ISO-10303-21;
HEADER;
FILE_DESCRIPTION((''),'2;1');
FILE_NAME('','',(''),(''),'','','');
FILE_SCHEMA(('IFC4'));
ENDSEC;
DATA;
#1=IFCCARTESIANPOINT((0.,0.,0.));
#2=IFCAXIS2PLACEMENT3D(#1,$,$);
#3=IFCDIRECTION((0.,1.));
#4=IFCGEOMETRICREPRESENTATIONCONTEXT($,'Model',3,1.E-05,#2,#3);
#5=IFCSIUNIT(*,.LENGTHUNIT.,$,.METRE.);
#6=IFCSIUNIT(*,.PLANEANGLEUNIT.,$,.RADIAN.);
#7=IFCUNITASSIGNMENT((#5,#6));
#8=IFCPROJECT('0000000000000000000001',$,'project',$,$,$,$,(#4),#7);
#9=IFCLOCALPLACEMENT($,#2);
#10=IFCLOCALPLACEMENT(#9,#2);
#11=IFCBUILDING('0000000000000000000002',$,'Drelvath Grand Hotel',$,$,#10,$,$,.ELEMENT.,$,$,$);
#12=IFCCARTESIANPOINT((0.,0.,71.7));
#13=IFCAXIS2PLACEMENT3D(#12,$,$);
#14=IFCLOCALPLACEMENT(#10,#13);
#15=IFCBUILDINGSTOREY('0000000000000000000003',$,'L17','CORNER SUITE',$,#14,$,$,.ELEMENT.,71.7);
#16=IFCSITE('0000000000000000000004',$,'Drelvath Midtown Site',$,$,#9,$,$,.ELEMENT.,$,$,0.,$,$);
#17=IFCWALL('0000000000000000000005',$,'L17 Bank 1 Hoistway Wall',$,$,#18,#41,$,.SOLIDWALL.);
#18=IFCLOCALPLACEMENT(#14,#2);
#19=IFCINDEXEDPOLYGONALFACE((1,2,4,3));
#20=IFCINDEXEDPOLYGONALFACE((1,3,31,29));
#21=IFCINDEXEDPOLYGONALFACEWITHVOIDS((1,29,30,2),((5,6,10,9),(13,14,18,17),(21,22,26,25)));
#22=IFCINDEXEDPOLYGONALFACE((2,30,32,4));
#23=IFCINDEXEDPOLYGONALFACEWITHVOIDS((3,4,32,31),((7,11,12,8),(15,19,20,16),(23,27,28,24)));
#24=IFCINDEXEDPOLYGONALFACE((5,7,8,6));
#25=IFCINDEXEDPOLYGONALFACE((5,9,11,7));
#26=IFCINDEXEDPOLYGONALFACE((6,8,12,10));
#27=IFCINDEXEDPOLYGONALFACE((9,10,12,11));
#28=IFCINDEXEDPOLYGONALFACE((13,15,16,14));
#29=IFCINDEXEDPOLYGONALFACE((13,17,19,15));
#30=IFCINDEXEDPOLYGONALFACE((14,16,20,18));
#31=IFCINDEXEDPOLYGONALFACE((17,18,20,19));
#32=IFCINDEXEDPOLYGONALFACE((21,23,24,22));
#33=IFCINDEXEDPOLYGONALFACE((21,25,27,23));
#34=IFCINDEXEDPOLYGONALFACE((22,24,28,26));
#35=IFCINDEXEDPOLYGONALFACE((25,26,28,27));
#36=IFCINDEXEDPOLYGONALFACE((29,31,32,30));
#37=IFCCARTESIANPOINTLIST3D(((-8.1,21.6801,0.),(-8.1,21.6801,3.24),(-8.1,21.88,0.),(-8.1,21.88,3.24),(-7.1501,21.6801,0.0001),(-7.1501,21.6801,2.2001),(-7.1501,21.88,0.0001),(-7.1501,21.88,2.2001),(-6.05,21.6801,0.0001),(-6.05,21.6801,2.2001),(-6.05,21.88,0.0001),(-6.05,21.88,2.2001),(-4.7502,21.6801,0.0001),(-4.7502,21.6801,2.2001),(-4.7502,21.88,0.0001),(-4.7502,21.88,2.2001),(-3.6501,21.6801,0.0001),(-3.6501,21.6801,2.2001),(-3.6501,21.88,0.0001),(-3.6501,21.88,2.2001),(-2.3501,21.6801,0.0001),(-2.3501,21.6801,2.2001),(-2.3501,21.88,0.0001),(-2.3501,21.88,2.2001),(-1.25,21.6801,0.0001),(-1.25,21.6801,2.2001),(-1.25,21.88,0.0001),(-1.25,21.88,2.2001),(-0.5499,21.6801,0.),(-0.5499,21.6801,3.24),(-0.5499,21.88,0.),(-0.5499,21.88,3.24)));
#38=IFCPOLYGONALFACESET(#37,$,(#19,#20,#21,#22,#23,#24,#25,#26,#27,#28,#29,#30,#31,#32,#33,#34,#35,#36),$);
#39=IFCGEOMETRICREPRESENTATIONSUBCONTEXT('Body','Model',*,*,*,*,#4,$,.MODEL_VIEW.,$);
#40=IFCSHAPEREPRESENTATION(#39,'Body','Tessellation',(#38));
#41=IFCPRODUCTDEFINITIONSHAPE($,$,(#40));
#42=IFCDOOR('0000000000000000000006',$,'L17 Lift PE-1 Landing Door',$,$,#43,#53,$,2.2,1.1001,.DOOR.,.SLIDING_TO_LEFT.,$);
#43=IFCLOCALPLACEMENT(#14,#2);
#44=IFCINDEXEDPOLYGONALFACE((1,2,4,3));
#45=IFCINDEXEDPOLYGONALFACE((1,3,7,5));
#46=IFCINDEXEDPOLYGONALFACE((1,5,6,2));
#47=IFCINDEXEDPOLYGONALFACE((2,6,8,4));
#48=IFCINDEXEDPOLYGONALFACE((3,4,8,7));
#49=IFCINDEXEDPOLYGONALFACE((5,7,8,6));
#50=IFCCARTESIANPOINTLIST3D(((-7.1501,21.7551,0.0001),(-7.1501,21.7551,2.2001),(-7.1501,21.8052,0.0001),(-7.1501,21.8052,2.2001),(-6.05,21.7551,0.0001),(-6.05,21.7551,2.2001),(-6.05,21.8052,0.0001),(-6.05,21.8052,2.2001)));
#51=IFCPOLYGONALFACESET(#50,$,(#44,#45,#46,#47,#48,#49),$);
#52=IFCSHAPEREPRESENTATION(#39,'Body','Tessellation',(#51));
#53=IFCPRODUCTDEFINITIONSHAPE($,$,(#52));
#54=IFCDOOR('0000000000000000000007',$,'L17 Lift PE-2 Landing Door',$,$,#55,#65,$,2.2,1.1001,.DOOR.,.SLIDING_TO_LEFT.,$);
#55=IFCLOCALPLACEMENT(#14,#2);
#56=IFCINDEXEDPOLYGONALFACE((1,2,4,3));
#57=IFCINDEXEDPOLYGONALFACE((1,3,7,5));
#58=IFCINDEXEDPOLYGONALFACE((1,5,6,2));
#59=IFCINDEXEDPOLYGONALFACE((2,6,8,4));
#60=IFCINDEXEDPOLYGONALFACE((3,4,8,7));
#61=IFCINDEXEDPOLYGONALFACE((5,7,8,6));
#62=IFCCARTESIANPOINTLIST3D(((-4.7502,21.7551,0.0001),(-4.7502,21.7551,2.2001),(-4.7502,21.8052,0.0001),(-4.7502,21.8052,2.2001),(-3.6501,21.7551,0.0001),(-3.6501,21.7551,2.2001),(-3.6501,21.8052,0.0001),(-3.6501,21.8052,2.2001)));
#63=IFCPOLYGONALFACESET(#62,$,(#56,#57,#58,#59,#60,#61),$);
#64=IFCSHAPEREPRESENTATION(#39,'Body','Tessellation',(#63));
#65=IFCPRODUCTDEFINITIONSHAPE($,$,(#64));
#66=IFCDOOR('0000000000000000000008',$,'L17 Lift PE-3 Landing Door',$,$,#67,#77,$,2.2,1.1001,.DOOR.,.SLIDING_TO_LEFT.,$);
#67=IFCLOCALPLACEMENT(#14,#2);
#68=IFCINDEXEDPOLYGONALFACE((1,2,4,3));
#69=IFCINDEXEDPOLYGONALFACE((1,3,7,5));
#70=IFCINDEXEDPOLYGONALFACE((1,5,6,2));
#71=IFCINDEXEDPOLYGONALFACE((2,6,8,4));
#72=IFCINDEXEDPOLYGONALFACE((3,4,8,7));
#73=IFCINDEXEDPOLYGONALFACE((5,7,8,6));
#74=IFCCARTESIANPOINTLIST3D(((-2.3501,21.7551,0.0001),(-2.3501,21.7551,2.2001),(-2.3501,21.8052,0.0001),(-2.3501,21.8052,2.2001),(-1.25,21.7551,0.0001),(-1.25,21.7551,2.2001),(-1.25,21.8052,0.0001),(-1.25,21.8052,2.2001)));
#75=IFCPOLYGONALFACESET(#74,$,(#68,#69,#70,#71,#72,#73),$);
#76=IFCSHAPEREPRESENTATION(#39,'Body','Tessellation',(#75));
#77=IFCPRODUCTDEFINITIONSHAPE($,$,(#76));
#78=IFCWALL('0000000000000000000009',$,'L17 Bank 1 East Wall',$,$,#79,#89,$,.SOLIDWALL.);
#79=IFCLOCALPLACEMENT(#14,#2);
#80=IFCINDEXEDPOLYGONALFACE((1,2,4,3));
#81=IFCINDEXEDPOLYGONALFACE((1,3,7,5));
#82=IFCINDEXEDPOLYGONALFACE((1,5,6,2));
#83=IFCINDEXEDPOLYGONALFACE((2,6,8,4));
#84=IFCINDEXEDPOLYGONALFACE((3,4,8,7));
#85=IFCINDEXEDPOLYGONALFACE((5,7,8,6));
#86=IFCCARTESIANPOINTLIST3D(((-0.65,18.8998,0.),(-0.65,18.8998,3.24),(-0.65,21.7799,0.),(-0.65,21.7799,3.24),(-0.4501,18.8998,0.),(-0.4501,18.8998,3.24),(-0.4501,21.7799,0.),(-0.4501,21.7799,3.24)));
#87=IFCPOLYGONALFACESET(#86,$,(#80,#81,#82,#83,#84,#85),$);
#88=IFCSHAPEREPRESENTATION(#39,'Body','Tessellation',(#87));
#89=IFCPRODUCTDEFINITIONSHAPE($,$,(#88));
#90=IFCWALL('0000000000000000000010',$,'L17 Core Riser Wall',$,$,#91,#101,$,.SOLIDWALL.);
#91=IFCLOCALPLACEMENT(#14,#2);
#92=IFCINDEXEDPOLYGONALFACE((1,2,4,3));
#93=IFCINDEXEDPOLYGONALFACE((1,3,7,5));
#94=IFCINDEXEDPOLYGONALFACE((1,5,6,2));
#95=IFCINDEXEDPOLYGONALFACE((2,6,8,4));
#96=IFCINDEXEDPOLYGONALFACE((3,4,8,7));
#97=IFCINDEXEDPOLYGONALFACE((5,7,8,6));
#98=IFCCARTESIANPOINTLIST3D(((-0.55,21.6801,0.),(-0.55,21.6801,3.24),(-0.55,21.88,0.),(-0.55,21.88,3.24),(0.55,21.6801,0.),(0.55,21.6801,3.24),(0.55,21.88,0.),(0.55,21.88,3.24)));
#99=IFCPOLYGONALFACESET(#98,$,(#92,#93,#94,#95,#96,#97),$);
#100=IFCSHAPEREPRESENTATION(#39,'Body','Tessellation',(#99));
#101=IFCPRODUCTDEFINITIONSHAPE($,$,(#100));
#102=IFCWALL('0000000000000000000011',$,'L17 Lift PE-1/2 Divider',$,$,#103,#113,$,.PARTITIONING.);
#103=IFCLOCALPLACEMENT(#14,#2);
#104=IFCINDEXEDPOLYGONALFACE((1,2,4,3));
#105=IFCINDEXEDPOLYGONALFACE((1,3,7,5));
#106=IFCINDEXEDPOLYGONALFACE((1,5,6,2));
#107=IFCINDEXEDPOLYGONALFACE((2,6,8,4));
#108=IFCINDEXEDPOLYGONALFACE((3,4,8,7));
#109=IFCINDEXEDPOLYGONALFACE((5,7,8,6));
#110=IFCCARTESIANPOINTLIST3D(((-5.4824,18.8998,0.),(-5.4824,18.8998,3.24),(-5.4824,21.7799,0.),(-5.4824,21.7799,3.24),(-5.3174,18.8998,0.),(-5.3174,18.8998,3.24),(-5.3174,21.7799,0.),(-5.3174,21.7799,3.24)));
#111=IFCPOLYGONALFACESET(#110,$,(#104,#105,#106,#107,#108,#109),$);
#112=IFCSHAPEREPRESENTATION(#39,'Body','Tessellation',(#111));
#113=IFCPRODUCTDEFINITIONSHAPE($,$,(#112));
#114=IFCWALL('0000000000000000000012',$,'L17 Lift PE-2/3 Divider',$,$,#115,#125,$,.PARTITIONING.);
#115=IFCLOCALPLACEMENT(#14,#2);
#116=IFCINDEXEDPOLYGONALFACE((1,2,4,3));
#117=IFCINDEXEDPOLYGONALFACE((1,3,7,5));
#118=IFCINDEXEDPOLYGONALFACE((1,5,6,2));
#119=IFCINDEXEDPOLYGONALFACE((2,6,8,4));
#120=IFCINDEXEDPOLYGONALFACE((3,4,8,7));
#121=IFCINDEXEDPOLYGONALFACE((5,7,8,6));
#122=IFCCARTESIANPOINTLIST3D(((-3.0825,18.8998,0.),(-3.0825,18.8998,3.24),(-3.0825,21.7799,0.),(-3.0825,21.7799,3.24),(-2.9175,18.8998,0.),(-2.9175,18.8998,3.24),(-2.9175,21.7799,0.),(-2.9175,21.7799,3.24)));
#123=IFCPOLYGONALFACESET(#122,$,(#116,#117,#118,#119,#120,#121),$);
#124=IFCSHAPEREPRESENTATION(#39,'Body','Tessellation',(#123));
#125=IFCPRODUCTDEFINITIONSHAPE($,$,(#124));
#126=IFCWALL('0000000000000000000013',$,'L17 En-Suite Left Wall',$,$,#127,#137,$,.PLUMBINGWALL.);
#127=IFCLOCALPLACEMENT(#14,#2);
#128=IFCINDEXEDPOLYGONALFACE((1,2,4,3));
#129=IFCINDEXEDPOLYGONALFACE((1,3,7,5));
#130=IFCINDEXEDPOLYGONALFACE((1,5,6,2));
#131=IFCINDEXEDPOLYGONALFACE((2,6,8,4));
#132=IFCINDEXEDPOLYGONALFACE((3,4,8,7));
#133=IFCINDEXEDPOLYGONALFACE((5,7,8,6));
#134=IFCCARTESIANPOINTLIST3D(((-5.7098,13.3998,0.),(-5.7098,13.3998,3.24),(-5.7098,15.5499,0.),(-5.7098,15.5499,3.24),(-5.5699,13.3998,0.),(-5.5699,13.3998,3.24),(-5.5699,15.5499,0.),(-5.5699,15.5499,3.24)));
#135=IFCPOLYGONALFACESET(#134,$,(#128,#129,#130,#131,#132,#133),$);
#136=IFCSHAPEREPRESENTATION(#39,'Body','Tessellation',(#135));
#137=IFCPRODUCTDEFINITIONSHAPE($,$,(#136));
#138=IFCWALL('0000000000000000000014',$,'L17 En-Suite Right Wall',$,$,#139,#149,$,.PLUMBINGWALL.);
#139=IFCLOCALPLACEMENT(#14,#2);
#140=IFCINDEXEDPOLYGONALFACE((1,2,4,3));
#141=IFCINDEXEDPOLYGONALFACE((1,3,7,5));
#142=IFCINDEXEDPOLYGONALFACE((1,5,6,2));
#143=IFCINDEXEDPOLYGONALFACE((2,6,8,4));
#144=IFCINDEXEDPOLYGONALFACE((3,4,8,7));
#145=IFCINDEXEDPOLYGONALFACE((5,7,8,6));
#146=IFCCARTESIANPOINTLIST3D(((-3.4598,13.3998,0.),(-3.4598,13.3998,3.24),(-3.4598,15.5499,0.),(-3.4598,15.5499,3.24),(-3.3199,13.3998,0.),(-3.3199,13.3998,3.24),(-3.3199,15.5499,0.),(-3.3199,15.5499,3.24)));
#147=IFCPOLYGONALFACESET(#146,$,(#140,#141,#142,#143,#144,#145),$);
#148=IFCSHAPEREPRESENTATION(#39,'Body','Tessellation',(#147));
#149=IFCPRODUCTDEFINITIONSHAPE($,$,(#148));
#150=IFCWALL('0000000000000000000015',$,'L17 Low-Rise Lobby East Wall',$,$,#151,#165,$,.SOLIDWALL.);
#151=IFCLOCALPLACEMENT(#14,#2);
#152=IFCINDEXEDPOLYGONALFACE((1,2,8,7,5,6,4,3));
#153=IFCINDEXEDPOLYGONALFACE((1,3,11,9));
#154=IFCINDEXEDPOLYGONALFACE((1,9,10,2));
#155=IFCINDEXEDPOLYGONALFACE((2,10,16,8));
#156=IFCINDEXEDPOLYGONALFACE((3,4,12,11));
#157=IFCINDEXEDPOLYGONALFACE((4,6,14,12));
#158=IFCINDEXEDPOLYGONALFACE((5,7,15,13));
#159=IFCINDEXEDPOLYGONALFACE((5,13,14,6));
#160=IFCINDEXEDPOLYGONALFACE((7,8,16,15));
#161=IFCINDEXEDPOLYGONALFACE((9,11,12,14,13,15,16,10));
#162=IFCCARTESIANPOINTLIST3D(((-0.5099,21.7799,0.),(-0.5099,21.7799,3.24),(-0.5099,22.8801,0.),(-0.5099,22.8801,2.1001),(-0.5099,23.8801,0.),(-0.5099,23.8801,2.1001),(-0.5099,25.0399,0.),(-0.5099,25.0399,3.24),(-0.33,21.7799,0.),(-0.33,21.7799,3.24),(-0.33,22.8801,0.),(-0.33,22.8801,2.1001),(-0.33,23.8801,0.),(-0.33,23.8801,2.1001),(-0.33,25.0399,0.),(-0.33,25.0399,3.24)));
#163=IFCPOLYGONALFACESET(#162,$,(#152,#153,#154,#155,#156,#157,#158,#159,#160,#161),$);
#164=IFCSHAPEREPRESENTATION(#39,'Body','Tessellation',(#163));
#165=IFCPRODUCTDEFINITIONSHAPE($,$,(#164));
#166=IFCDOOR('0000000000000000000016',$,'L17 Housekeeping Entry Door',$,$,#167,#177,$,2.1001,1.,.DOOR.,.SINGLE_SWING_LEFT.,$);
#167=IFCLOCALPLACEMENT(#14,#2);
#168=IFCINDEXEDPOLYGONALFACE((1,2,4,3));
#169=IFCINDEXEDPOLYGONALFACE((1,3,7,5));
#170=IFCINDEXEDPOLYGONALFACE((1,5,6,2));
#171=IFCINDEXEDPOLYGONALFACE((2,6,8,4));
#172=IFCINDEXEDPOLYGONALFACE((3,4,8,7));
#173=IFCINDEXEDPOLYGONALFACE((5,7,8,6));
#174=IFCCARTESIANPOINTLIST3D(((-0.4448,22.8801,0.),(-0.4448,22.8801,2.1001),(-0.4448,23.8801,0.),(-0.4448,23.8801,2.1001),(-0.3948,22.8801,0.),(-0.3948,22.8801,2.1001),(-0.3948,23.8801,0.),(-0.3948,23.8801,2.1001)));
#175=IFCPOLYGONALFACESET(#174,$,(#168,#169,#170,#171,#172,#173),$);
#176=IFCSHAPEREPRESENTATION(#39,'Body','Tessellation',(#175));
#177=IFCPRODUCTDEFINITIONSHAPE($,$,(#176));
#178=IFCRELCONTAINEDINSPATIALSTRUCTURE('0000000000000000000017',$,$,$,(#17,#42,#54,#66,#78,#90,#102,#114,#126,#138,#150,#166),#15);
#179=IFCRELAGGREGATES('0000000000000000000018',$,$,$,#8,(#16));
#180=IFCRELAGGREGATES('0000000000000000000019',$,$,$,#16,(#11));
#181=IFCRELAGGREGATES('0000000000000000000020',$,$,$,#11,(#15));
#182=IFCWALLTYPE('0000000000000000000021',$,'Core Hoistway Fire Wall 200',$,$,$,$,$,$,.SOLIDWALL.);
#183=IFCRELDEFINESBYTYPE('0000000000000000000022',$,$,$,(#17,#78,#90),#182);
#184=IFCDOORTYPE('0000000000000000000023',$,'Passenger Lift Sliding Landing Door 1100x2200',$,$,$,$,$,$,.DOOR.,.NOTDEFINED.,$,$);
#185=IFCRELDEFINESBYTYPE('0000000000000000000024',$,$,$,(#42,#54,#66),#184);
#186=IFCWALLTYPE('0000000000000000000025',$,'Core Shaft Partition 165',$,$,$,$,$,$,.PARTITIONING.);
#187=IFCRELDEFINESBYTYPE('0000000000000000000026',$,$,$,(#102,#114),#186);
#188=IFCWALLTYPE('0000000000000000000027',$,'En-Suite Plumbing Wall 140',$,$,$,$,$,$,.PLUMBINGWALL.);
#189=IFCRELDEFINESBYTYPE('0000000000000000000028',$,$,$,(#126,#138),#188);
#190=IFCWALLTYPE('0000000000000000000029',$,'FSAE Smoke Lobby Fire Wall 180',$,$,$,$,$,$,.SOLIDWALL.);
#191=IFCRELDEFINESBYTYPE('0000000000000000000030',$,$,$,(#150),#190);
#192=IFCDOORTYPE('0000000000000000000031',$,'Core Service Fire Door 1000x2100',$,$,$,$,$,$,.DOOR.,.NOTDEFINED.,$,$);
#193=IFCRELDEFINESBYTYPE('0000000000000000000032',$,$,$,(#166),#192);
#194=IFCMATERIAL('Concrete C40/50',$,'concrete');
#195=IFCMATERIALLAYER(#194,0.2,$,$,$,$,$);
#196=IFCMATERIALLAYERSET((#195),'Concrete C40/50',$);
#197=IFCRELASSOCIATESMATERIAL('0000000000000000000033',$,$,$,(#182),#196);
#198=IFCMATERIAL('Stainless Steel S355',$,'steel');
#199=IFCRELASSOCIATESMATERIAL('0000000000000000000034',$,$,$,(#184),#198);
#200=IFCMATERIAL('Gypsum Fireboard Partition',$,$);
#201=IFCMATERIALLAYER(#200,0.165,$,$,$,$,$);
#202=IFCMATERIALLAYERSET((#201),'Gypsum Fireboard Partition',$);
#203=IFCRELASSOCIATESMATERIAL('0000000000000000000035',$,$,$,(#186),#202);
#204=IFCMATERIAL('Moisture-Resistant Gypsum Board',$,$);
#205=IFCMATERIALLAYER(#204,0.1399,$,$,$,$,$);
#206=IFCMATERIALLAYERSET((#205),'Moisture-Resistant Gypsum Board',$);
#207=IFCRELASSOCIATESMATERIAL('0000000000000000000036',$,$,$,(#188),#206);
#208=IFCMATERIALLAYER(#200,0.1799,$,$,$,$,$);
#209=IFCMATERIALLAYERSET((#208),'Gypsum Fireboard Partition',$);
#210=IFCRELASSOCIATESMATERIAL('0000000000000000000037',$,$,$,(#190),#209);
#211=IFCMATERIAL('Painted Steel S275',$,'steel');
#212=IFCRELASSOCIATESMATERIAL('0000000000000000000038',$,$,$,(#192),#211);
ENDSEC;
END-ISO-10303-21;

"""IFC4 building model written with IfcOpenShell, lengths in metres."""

from ifc_helpers import new_model, si_unit, direction, frame, frame_2d, origin, place, context, subcontext, project, spatial, rectangle, extrude, material, layer, layer_set, type_object, element, fill, save


model = new_model("IFC4")

# Units and contexts
model_context = context("Model", 3, precision=1e-05, world=origin(), true_north=direction((0.0, 1.0)))
body_context = subcontext(model_context, "Body", "Model", "MODEL_VIEW")
ifc_project = project(units=[si_unit("LENGTHUNIT", "METRE"), si_unit("PLANEANGLEUNIT", "RADIAN")], contexts=[model_context])

# Site, building, storey
site_placement = place(None, origin())
site = spatial("IfcSite", under=ifc_project, at=site_placement, Name="Drelvath Midtown Site", CompositionType="ELEMENT", RefElevation=0.0)
building_placement = place(site_placement, origin())
building = spatial("IfcBuilding", under=site, at=building_placement, Name="Drelvath Grand Hotel", CompositionType="ELEMENT")
storey_placement = place(building_placement, frame((0.0, 0.0, 71.7)))
storey = spatial("IfcBuildingStorey", under=building, at=storey_placement, Name="L17", Description="CORNER SUITE", CompositionType="ELEMENT", Elevation=71.7)

# Wall, openings, doors
ifc_material_1 = material(Name="Concrete C40/50", Category="concrete")
ifc_layer_1 = layer(ifc_material_1, 0.2)
ifc_layer_set_1 = layer_set([ifc_layer_1], Name="Concrete C40/50")
wall_type_1 = type_object("IfcWallType", Name="Core Hoistway Fire Wall 200", PredefinedType="SOLIDWALL", material=ifc_layer_set_1)
wall_1_placement = place(storey_placement, frame((-0.55, 21.78, 0.0), z_axis=(0.0, 0.0, 1.0), x_axis=(-1.0, 0.0, 0.0)))
wall_1 = element("IfcWall", 1, at=wall_1_placement, inside=storey, type_object=wall_type_1, Name="L17 Bank 1 Hoistway Wall", PredefinedType="SOLIDWALL", context=body_context, shape_type="SweptSolid", body=[
    extrude(rectangle(XDim=7.55, YDim=0.2, at=frame_2d((3.7749, 0.0))), origin(), (0.0, 0.0, 1.0), 3.24),
])
opening_1_placement = place(wall_1_placement, frame((5.5, 0.0, 0.0)))
opening_1 = element("IfcOpeningElement", 2, at=opening_1_placement, cuts=wall_1, PredefinedType="OPENING", context=body_context, shape_type="SweptSolid", body=[
    extrude(rectangle(XDim=1.1001, YDim=2.2, at=frame_2d((0.55, 1.1001))), frame((0.0, 0.1099, 0.0), z_axis=(0.0, -1.0, 0.0), x_axis=(1.0, 0.0, 0.0)), (0.0, 0.0, 1.0), 0.22),
])
opening_2_placement = place(wall_1_placement, frame((3.1001, 0.0, 0.0)))
opening_2 = element("IfcOpeningElement", 3, at=opening_2_placement, cuts=wall_1, PredefinedType="OPENING", context=body_context, shape_type="SweptSolid", body=[
    extrude(rectangle(XDim=1.1001, YDim=2.2, at=frame_2d((0.55, 1.1001))), frame((0.0, 0.1099, 0.0), z_axis=(0.0, -1.0, 0.0), x_axis=(1.0, 0.0, 0.0)), (0.0, 0.0, 1.0), 0.22),
])
opening_3_placement = place(wall_1_placement, frame((0.7, 0.0, 0.0)))
opening_3 = element("IfcOpeningElement", 4, at=opening_3_placement, cuts=wall_1, PredefinedType="OPENING", context=body_context, shape_type="SweptSolid", body=[
    extrude(rectangle(XDim=1.1001, YDim=2.2, at=frame_2d((0.55, 1.1001))), frame((0.0, 0.1099, 0.0), z_axis=(0.0, -1.0, 0.0), x_axis=(1.0, 0.0, 0.0)), (0.0, 0.0, 1.0), 0.22),
])
ifc_material_2 = material(Name="Stainless Steel S355", Category="steel")
door_type_1 = type_object("IfcDoorType", Name="Passenger Lift Sliding Landing Door 1100x2200", OperationType="NOTDEFINED", PredefinedType="DOOR", material=ifc_material_2)
door_1_placement = place(opening_1_placement, origin())
door_1 = element("IfcDoor", 5, at=door_1_placement, inside=storey, type_object=door_type_1, Name="L17 Lift PE-1 Landing Door", OperationType="SLIDING_TO_LEFT", OverallHeight=2.2, OverallWidth=1.1001, PredefinedType="DOOR", context=body_context, shape_type="SweptSolid", body=[
    extrude(rectangle(XDim=1.1001, YDim=2.2, at=frame_2d((0.55, 1.1001))), frame((0.0, 0.0249, 0.0), z_axis=(0.0, -1.0, 0.0), x_axis=(1.0, 0.0, 0.0)), (0.0, 0.0, 1.0), 0.05),
])
fill(opening_1, door_1)
door_2_placement = place(opening_2_placement, origin())
door_2 = element("IfcDoor", 6, at=door_2_placement, inside=storey, type_object=door_type_1, Name="L17 Lift PE-2 Landing Door", OperationType="SLIDING_TO_LEFT", OverallHeight=2.2, OverallWidth=1.1001, PredefinedType="DOOR", context=body_context, shape_type="SweptSolid", body=[
    extrude(rectangle(XDim=1.1001, YDim=2.2, at=frame_2d((0.55, 1.1001))), frame((0.0, 0.0249, 0.0), z_axis=(0.0, -1.0, 0.0), x_axis=(1.0, 0.0, 0.0)), (0.0, 0.0, 1.0), 0.05),
])
fill(opening_2, door_2)
door_3_placement = place(opening_3_placement, origin())
door_3 = element("IfcDoor", 7, at=door_3_placement, inside=storey, type_object=door_type_1, Name="L17 Lift PE-3 Landing Door", OperationType="SLIDING_TO_LEFT", OverallHeight=2.2, OverallWidth=1.1001, PredefinedType="DOOR", context=body_context, shape_type="SweptSolid", body=[
    extrude(rectangle(XDim=1.1001, YDim=2.2, at=frame_2d((0.55, 1.1001))), frame((0.0, 0.0249, 0.0), z_axis=(0.0, -1.0, 0.0), x_axis=(1.0, 0.0, 0.0)), (0.0, 0.0, 1.0), 0.05),
])
fill(opening_3, door_3)

# Walls
wall_2_placement = place(storey_placement, frame((-0.55, 18.8999, 0.0), z_axis=(0.0, 0.0, 1.0), x_axis=(0.0, 1.0, 0.0)))
element("IfcWall", 8, at=wall_2_placement, inside=storey, type_object=wall_type_1, Name="L17 Bank 1 East Wall", PredefinedType="SOLIDWALL", context=body_context, shape_type="SweptSolid", body=[
    extrude(rectangle(XDim=2.8801, YDim=0.2, at=frame_2d((1.4399, 0.0))), origin(), (0.0, 0.0, 1.0), 3.24),
])
wall_3_placement = place(storey_placement, frame((-0.55, 21.78, 0.0), z_axis=(0.0, 0.0, 1.0), x_axis=(1.0, 0.0, 0.0)))
element("IfcWall", 9, at=wall_3_placement, inside=storey, type_object=wall_type_1, Name="L17 Core Riser Wall", PredefinedType="SOLIDWALL", context=body_context, shape_type="SweptSolid", body=[
    extrude(rectangle(XDim=1.1001, YDim=0.2, at=frame_2d((0.55, 0.0))), origin(), (0.0, 0.0, 1.0), 3.24),
])
ifc_material_3 = material(Name="Gypsum Fireboard Partition")
ifc_layer_2 = layer(ifc_material_3, 0.165)
ifc_layer_set_2 = layer_set([ifc_layer_2], Name="Gypsum Fireboard Partition")
wall_type_2 = type_object("IfcWallType", Name="Core Shaft Partition 165", PredefinedType="PARTITIONING", material=ifc_layer_set_2)
for number, where, z_axis, x_axis, name in (
    (10, (-5.3999, 18.8999, 0.0), (0.0, 0.0, 1.0), (0.0, 1.0, 0.0), "L17 Lift PE-1/2 Divider"),
    (11, (-3.0, 18.8999, 0.0), (0.0, 0.0, 1.0), (0.0, 1.0, 0.0), "L17 Lift PE-2/3 Divider"),
):
    element("IfcWall", number, at=place(storey_placement, frame(where, z_axis=z_axis, x_axis=x_axis)), inside=storey, type_object=wall_type_2, Name=name, PredefinedType="PARTITIONING", context=body_context, shape_type="SweptSolid", body=[
        extrude(rectangle(XDim=2.8801, YDim=0.165, at=frame_2d((1.4399, 0.0))), origin(), (0.0, 0.0, 1.0), 3.24),
    ])
ifc_material_4 = material(Name="Moisture-Resistant Gypsum Board")
ifc_layer_3 = layer(ifc_material_4, 0.1399)
ifc_layer_set_3 = layer_set([ifc_layer_3], Name="Moisture-Resistant Gypsum Board")
wall_type_3 = type_object("IfcWallType", Name="En-Suite Plumbing Wall 140", PredefinedType="PLUMBINGWALL", material=ifc_layer_set_3)
for number, where, z_axis, x_axis, name in (
    (12, (-5.6399, 15.55, 0.0), (0.0, 0.0, 1.0), (0.0, -1.0, 0.0), "L17 En-Suite Left Wall"),
    (13, (-3.3899, 15.55, 0.0), (0.0, 0.0, 1.0), (0.0, -1.0, 0.0), "L17 En-Suite Right Wall"),
):
    element("IfcWall", number, at=place(storey_placement, frame(where, z_axis=z_axis, x_axis=x_axis)), inside=storey, type_object=wall_type_3, Name=name, PredefinedType="PLUMBINGWALL", context=body_context, shape_type="SweptSolid", body=[
        extrude(rectangle(XDim=2.1501, YDim=0.1399, at=frame_2d((1.0752, 0.0))), origin(), (0.0, 0.0, 1.0), 3.24),
    ])

# Wall, opening, door
ifc_layer_4 = layer(ifc_material_3, 0.1799)
ifc_layer_set_4 = layer_set([ifc_layer_4], Name="Gypsum Fireboard Partition")
wall_type_4 = type_object("IfcWallType", Name="FSAE Smoke Lobby Fire Wall 180", PredefinedType="SOLIDWALL", material=ifc_layer_set_4)
wall_4_placement = place(storey_placement, frame((-0.4199, 21.78, 0.0), z_axis=(0.0, 0.0, 1.0), x_axis=(0.0, 1.0, 0.0)))
wall_4 = element("IfcWall", 14, at=wall_4_placement, inside=storey, type_object=wall_type_4, Name="L17 Low-Rise Lobby East Wall", PredefinedType="SOLIDWALL", context=body_context, shape_type="SweptSolid", body=[
    extrude(rectangle(XDim=3.26, YDim=0.1799, at=frame_2d((1.6299, 0.0))), origin(), (0.0, 0.0, 1.0), 3.24),
])
opening_4_placement = place(wall_4_placement, frame((1.1001, 0.0, 0.0)))
opening_4 = element("IfcOpeningElement", 15, at=opening_4_placement, cuts=wall_4, PredefinedType="OPENING", context=body_context, shape_type="SweptSolid", body=[
    extrude(rectangle(XDim=1.0, YDim=2.1001, at=frame_2d((0.5, 1.05))), frame((0.0, 0.0999, 0.0), z_axis=(0.0, -1.0, 0.0), x_axis=(1.0, 0.0, 0.0)), (0.0, 0.0, 1.0), 0.2),
])
ifc_material_5 = material(Name="Painted Steel S275", Category="steel")
door_type_2 = type_object("IfcDoorType", Name="Core Service Fire Door 1000x2100", OperationType="NOTDEFINED", PredefinedType="DOOR", material=ifc_material_5)
door_4_placement = place(opening_4_placement, origin())
door_4 = element("IfcDoor", 16, at=door_4_placement, inside=storey, type_object=door_type_2, Name="L17 Housekeeping Entry Door", OperationType="SINGLE_SWING_LEFT", OverallHeight=2.1001, OverallWidth=1.0, PredefinedType="DOOR", context=body_context, shape_type="SweptSolid", body=[
    extrude(rectangle(XDim=1.0, YDim=2.1001, at=frame_2d((0.5, 1.05))), frame((0.0, 0.0249, 0.0), z_axis=(0.0, -1.0, 0.0), x_axis=(1.0, 0.0, 0.0)), (0.0, 0.0, 1.0), 0.05),
])
fill(opening_4, door_4)

save(model, "model.ifc")
